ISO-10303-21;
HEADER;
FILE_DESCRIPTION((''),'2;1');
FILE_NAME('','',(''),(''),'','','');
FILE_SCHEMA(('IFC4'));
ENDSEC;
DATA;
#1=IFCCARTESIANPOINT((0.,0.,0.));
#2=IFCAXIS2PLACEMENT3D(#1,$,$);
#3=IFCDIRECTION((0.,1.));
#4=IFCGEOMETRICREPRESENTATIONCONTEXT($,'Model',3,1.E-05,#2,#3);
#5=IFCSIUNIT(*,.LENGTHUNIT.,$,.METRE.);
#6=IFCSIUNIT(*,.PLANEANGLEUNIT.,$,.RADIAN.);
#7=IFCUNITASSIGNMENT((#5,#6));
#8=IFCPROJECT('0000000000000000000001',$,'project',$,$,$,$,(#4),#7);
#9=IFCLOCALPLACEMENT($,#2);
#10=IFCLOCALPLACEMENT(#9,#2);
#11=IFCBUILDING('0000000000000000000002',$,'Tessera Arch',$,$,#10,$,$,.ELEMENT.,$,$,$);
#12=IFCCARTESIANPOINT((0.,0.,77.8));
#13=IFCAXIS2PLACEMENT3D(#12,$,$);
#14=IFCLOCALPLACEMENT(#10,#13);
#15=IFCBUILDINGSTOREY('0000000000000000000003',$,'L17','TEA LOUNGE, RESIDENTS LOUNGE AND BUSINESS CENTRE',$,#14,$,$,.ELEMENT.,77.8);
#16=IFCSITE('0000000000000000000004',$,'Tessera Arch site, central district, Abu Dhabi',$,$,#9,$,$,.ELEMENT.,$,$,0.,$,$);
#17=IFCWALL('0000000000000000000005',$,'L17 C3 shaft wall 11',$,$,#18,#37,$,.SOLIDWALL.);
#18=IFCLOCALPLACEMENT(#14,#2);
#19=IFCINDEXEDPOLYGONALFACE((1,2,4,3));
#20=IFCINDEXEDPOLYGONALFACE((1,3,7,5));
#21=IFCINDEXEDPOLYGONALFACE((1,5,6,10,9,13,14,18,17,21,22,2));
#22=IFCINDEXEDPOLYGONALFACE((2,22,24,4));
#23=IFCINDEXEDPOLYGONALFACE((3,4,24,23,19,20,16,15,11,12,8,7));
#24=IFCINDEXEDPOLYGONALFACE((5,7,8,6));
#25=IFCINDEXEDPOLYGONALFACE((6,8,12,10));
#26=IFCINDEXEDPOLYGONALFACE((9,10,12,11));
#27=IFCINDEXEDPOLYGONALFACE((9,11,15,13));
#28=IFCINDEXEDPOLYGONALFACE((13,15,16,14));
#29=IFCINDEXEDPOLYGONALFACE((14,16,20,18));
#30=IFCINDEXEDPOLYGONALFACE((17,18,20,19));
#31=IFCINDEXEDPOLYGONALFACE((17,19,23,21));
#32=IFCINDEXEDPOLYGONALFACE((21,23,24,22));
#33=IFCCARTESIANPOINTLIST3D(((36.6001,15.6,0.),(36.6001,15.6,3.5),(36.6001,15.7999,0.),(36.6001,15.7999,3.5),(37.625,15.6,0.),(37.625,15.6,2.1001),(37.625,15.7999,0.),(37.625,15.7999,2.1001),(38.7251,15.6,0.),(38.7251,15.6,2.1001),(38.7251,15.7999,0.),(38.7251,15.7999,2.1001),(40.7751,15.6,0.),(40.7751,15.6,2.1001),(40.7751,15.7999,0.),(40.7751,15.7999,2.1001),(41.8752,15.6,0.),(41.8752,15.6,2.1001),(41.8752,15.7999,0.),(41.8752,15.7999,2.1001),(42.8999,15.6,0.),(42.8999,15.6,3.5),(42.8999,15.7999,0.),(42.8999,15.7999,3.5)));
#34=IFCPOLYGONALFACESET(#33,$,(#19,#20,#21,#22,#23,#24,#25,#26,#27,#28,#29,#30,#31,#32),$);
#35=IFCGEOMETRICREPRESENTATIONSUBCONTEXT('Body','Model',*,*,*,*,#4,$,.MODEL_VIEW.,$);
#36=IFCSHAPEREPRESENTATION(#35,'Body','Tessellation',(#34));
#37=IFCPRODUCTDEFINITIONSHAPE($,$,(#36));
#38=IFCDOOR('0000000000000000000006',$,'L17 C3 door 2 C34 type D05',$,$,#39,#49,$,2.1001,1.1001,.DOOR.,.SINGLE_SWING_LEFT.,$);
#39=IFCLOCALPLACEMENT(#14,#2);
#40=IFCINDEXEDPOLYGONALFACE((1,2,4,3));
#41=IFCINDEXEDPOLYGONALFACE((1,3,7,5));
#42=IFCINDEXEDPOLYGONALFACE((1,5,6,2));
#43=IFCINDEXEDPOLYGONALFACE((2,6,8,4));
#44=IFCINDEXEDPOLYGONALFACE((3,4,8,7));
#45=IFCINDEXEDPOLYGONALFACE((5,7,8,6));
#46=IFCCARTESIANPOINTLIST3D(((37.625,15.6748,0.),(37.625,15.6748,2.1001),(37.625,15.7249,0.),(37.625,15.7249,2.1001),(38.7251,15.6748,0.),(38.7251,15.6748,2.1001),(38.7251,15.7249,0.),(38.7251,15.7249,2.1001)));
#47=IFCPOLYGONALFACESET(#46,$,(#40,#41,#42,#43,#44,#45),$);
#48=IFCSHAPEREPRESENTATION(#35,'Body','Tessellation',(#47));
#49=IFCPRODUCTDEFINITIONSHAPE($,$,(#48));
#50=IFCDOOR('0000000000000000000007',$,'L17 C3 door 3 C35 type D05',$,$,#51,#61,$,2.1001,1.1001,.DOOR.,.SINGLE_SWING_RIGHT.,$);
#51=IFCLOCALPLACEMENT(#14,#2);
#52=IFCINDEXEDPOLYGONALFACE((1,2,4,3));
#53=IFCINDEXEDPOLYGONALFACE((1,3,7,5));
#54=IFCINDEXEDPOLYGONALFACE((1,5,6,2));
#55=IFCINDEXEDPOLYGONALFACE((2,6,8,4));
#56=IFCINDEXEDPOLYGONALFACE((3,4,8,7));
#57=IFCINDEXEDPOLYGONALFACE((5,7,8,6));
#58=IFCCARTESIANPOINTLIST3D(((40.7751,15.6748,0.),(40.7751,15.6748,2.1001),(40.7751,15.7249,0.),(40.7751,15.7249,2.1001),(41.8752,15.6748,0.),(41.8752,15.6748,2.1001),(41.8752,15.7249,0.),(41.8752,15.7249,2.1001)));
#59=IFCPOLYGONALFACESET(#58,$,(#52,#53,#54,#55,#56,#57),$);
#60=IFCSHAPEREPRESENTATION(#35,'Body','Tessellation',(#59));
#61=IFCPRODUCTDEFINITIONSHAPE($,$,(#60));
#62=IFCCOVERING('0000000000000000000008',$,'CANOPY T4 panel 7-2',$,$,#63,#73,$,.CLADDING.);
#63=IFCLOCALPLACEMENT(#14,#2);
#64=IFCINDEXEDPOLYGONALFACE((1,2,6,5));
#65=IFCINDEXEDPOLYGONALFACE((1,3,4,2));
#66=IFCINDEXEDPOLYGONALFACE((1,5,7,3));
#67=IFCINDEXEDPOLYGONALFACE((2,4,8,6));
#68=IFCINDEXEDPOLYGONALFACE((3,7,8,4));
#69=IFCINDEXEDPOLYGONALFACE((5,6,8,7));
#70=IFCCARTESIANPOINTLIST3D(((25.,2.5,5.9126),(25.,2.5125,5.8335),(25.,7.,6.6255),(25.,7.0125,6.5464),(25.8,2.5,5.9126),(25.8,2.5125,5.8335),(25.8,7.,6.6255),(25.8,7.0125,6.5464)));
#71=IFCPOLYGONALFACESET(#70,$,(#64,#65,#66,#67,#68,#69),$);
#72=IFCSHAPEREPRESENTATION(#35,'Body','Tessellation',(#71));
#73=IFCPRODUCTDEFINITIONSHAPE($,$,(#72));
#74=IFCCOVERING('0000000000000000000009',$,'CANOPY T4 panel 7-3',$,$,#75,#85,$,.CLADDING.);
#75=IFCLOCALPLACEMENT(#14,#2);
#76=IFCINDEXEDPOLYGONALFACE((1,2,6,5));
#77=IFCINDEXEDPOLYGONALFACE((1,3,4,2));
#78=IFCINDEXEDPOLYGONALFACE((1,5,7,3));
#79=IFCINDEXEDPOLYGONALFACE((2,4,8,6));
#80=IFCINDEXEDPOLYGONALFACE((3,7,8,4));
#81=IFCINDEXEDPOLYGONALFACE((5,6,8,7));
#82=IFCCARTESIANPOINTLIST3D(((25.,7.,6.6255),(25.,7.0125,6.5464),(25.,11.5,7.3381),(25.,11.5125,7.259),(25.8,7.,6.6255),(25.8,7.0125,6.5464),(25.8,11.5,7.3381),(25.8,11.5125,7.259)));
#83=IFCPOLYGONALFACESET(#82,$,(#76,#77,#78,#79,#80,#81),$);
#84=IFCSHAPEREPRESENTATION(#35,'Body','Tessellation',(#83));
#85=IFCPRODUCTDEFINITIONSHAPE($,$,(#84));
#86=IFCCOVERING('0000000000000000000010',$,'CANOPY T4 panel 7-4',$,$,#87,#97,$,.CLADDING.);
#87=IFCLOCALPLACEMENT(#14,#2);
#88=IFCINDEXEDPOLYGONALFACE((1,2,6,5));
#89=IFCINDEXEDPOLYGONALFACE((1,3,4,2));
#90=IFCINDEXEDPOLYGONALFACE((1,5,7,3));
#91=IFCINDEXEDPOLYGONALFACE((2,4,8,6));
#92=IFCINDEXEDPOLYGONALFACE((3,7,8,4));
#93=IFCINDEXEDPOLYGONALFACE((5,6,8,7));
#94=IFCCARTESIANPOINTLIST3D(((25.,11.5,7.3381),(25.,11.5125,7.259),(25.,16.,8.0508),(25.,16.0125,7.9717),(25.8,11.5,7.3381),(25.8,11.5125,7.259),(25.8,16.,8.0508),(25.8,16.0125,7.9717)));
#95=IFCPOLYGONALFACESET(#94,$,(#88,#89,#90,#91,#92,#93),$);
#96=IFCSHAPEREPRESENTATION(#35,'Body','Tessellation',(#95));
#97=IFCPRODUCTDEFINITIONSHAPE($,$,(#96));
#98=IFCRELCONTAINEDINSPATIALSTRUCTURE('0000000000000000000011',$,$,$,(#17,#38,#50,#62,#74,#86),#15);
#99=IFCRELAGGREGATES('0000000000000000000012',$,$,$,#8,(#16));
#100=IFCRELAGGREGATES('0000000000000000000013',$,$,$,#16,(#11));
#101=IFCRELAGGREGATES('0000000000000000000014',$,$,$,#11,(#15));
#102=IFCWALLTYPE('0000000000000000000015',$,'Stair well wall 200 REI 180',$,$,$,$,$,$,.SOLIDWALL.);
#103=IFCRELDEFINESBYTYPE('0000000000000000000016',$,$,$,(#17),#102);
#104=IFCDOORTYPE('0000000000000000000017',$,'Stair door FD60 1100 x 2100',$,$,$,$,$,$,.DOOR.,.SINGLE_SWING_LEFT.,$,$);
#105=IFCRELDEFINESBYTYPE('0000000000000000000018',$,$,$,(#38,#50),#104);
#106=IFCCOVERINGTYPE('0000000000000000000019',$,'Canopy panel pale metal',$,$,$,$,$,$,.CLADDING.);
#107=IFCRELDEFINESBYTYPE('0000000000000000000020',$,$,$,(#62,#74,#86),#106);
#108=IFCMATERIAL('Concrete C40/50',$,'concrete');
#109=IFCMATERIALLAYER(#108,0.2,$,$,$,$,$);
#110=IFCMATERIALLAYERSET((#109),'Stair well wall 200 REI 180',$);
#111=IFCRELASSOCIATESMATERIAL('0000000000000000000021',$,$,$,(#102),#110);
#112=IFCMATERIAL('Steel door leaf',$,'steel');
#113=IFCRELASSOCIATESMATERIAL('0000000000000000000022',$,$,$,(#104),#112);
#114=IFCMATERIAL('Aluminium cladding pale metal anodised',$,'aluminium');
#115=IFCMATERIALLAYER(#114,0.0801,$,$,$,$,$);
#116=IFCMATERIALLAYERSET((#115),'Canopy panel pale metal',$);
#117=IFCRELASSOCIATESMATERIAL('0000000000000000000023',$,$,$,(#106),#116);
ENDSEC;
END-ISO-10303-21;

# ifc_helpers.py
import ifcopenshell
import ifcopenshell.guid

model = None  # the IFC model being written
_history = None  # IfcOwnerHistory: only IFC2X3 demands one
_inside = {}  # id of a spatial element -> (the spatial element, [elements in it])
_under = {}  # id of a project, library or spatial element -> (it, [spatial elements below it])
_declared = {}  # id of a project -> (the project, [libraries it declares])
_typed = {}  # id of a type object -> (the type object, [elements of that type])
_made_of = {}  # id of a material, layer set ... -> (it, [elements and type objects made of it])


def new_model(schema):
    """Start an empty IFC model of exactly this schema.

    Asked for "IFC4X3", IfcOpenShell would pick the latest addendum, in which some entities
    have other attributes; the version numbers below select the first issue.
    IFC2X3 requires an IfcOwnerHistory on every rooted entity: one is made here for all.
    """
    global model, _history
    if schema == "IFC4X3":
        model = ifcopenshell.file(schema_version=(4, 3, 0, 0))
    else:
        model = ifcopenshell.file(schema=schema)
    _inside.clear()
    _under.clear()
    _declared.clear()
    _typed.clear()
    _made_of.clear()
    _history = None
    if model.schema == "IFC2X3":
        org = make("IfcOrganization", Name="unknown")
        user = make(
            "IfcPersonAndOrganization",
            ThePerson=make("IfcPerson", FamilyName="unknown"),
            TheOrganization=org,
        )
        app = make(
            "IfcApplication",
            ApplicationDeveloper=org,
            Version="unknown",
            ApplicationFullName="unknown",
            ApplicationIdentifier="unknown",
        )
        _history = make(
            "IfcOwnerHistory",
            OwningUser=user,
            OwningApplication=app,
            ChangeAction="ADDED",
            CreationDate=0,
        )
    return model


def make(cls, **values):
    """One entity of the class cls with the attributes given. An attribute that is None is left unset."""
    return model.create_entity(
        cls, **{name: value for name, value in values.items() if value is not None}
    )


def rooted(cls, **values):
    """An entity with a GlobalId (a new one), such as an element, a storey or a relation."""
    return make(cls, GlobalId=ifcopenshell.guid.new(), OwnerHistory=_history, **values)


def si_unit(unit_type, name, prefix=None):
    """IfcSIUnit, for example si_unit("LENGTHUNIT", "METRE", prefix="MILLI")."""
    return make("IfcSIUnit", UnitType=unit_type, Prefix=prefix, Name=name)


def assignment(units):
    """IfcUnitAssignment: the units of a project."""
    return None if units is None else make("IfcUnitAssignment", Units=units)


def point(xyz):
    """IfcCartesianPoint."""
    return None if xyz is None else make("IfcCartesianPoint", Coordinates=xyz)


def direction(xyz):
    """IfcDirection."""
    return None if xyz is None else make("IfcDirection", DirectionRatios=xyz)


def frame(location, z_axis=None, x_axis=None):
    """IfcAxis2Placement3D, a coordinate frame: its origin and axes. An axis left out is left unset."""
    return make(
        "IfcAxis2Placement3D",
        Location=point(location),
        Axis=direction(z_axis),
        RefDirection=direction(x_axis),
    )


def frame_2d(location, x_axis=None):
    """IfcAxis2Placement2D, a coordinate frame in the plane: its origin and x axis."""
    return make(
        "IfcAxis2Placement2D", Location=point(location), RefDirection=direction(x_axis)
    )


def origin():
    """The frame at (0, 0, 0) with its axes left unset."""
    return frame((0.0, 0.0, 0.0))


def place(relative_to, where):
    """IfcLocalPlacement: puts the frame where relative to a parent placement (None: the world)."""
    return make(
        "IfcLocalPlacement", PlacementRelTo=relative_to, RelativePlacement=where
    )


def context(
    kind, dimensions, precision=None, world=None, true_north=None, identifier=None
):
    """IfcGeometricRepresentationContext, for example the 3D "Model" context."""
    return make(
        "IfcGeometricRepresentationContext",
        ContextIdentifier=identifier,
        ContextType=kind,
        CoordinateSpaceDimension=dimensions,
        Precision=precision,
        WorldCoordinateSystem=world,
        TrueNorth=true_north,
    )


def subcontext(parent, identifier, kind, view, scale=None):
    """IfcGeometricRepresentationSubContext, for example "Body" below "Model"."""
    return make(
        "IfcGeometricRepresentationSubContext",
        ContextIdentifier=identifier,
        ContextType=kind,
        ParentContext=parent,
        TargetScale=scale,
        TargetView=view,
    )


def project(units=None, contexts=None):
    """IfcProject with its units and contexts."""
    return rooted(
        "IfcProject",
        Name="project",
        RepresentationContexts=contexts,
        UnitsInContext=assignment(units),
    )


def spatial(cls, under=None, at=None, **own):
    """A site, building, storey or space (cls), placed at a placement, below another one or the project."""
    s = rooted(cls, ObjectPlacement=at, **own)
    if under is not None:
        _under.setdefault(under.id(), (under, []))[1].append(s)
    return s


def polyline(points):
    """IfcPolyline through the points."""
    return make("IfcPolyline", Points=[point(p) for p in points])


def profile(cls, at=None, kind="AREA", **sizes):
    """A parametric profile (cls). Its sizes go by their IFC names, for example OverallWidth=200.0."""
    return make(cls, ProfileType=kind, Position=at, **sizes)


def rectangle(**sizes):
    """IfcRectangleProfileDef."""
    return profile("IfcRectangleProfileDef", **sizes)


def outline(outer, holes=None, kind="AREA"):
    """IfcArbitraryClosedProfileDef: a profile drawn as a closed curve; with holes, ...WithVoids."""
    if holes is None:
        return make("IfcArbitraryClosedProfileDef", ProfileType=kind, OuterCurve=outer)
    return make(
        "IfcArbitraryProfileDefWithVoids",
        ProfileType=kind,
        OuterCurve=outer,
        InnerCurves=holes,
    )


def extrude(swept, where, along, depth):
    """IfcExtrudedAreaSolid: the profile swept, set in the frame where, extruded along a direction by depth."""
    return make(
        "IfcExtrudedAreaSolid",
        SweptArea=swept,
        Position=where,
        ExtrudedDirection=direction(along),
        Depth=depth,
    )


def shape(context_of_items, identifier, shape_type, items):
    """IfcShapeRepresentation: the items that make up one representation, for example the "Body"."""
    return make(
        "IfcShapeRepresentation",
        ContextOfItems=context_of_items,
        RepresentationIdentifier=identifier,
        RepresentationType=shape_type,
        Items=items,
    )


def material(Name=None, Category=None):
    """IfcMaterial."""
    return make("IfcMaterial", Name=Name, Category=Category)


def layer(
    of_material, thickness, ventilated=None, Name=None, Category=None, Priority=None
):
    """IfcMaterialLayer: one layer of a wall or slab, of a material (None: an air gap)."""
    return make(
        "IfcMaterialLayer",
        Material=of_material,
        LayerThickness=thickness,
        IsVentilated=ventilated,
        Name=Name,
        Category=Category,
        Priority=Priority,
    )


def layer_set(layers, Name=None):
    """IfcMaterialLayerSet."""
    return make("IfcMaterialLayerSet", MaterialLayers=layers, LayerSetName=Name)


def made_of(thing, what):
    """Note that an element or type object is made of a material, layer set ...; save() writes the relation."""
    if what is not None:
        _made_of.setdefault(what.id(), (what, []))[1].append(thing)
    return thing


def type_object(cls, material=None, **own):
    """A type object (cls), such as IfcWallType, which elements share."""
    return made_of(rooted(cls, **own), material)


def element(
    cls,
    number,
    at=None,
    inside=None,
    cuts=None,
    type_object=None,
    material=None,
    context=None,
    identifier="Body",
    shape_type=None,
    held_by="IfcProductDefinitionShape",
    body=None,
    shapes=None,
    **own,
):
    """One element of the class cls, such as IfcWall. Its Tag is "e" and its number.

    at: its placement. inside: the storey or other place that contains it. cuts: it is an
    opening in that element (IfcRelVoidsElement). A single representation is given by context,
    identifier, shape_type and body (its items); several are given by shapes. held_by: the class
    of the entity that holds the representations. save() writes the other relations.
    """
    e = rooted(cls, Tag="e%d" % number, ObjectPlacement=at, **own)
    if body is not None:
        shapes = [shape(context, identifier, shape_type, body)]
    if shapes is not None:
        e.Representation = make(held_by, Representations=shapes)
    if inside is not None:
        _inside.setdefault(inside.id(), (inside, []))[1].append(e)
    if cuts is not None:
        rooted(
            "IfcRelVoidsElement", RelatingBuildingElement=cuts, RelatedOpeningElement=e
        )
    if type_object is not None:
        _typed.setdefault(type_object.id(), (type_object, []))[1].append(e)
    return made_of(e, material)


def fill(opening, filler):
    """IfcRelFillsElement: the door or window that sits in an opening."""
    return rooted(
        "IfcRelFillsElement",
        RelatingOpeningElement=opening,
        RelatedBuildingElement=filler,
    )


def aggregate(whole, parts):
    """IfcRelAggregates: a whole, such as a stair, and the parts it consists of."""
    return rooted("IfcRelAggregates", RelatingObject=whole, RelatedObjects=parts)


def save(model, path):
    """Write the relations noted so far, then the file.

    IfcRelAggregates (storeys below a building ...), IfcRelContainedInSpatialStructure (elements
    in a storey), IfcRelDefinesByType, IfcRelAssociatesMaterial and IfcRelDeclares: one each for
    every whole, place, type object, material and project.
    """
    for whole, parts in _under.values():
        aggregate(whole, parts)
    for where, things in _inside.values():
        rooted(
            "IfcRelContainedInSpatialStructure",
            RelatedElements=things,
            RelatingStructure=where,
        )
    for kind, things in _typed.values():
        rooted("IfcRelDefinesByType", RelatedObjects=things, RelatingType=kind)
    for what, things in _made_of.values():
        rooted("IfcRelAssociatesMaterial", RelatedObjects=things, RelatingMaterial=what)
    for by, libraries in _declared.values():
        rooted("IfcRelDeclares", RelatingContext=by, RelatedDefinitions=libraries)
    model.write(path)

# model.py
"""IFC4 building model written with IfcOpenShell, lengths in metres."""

from ifc_helpers import new_model, si_unit, direction, frame, frame_2d, origin, place, context, subcontext, project, spatial, polyline, rectangle, outline, extrude, material, layer, layer_set, type_object, element, fill, save


model = new_model("IFC4")

# Units and contexts
model_context = context("Model", 3, precision=1e-05, world=origin(), true_north=direction((0.0, 1.0)))
body_context = subcontext(model_context, "Body", "Model", "MODEL_VIEW")
ifc_project = project(units=[si_unit("LENGTHUNIT", "METRE"), si_unit("PLANEANGLEUNIT", "RADIAN")], contexts=[model_context])

# Site, building, storey
site_placement = place(None, origin())
site = spatial("IfcSite", under=ifc_project, at=site_placement, Name="Tessera Arch site, central district, Abu Dhabi", CompositionType="ELEMENT", RefElevation=0.0)
building_placement = place(site_placement, origin())
building = spatial("IfcBuilding", under=site, at=building_placement, Name="Tessera Arch", CompositionType="ELEMENT")
storey_placement = place(building_placement, frame((0.0, 0.0, 77.8)))
storey = spatial("IfcBuildingStorey", under=building, at=storey_placement, Name="L17", Description="TEA LOUNGE, RESIDENTS LOUNGE AND BUSINESS CENTRE", CompositionType="ELEMENT", Elevation=77.8)

# Wall, openings, doors
ifc_material_1 = material(Name="Concrete C40/50", Category="concrete")
ifc_layer_1 = layer(ifc_material_1, 0.2)
ifc_layer_set_1 = layer_set([ifc_layer_1], Name="Stair well wall 200 REI 180")
wall_type_1 = type_object("IfcWallType", Name="Stair well wall 200 REI 180", PredefinedType="SOLIDWALL", material=ifc_layer_set_1)
wall_1_placement = place(storey_placement, frame((36.6001, 15.7, 0.0), z_axis=(0.0, 0.0, 1.0), x_axis=(1.0, 0.0, 0.0)))
wall_1 = element("IfcWall", 1, at=wall_1_placement, inside=storey, type_object=wall_type_1, Name="L17 C3 shaft wall 11", PredefinedType="SOLIDWALL", context=body_context, shape_type="SweptSolid", body=[
    extrude(rectangle(XDim=6.2998, YDim=0.2, at=frame_2d((3.1499, 0.0))), origin(), (0.0, 0.0, 1.0), 3.5),
])
opening_1_placement = place(wall_1_placement, frame((1.0249, 0.0, 0.0)))
opening_1 = element("IfcOpeningElement", 2, at=opening_1_placement, cuts=wall_1, PredefinedType="OPENING", context=body_context, shape_type="SweptSolid", body=[
    extrude(rectangle(XDim=1.1001, YDim=2.1001, at=frame_2d((0.55, 1.05))), frame((0.0, 0.1099, 0.0), z_axis=(0.0, -1.0, 0.0), x_axis=(1.0, 0.0, 0.0)), (0.0, 0.0, 1.0), 0.22),
])
opening_2_placement = place(wall_1_placement, frame((4.175, 0.0, 0.0)))
opening_2 = element("IfcOpeningElement", 3, at=opening_2_placement, cuts=wall_1, PredefinedType="OPENING", context=body_context, shape_type="SweptSolid", body=[
    extrude(rectangle(XDim=1.1001, YDim=2.1001, at=frame_2d((0.55, 1.05))), frame((0.0, 0.1099, 0.0), z_axis=(0.0, -1.0, 0.0), x_axis=(1.0, 0.0, 0.0)), (0.0, 0.0, 1.0), 0.22),
])
ifc_material_2 = material(Name="Steel door leaf", Category="steel")
door_type_1 = type_object("IfcDoorType", Name="Stair door FD60 1100 x 2100", OperationType="SINGLE_SWING_LEFT", PredefinedType="DOOR", material=ifc_material_2)
door_1_placement = place(opening_1_placement, origin())
door_1 = element("IfcDoor", 4, at=door_1_placement, inside=storey, type_object=door_type_1, Name="L17 C3 door 2 C34 type D05", OperationType="SINGLE_SWING_LEFT", OverallHeight=2.1001, OverallWidth=1.1001, PredefinedType="DOOR", context=body_context, shape_type="SweptSolid", body=[
    extrude(rectangle(XDim=1.1001, YDim=2.1001, at=frame_2d((0.55, 1.05))), frame((0.0, 0.0249, 0.0), z_axis=(0.0, -1.0, 0.0), x_axis=(1.0, 0.0, 0.0)), (0.0, 0.0, 1.0), 0.05),
])
fill(opening_1, door_1)
door_2_placement = place(opening_2_placement, origin())
door_2 = element("IfcDoor", 5, at=door_2_placement, inside=storey, type_object=door_type_1, Name="L17 C3 door 3 C35 type D05", OperationType="SINGLE_SWING_RIGHT", OverallHeight=2.1001, OverallWidth=1.1001, PredefinedType="DOOR", context=body_context, shape_type="SweptSolid", body=[
    extrude(rectangle(XDim=1.1001, YDim=2.1001, at=frame_2d((0.55, 1.05))), frame((0.0, 0.0249, 0.0), z_axis=(0.0, -1.0, 0.0), x_axis=(1.0, 0.0, 0.0)), (0.0, 0.0, 1.0), 0.05),
])
fill(opening_2, door_2)

# Coverings
ifc_material_3 = material(Name="Aluminium cladding pale metal anodised", Category="aluminium")
ifc_layer_2 = layer(ifc_material_3, 0.0801)
ifc_layer_set_2 = layer_set([ifc_layer_2], Name="Canopy panel pale metal")
covering_type = type_object("IfcCoveringType", Name="Canopy panel pale metal", PredefinedType="CLADDING", material=ifc_layer_set_2)
covering_placement = place(storey_placement, frame((25.8, 7.0, 6.6255), z_axis=(0.0, -0.156469, 0.987683), x_axis=(-1.0, 0.0, 0.0)))
element("IfcCovering", 6, at=covering_placement, inside=storey, type_object=covering_type, Name="CANOPY T4 panel 7-2", PredefinedType="CLADDING", context=body_context, shape_type="SweptSolid", body=[
    extrude(outline(polyline([(0.0, 0.0), (0.8, 0.0), (0.8, 4.5561), (0.0, 4.5561), (0.0, 0.0)])), origin(), (0.0, 0.0, -1.0), 0.0801),
])
for number, where, z_axis, x_axis, name in (
    (7, (25.8, 11.5, 7.3381), (0.0, -0.156417, 0.987691), (-1.0, 0.0, 0.0), "CANOPY T4 panel 7-3"),
    (8, (25.8, 16.0, 8.0508), (0.0, -0.156417, 0.987691), (-1.0, 0.0, 0.0), "CANOPY T4 panel 7-4"),
):
    element("IfcCovering", number, at=place(storey_placement, frame(where, z_axis=z_axis, x_axis=x_axis)), inside=storey, type_object=covering_type, Name=name, PredefinedType="CLADDING", context=body_context, shape_type="SweptSolid", body=[
        extrude(outline(polyline([(0.0, 0.0), (0.8, 0.0), (0.8, 4.5561), (0.0, 4.5561), (0.0, 0.0)])), origin(), (0.0, 0.0, -1.0), 0.0801),
    ])

save(model, "model.ifc")
